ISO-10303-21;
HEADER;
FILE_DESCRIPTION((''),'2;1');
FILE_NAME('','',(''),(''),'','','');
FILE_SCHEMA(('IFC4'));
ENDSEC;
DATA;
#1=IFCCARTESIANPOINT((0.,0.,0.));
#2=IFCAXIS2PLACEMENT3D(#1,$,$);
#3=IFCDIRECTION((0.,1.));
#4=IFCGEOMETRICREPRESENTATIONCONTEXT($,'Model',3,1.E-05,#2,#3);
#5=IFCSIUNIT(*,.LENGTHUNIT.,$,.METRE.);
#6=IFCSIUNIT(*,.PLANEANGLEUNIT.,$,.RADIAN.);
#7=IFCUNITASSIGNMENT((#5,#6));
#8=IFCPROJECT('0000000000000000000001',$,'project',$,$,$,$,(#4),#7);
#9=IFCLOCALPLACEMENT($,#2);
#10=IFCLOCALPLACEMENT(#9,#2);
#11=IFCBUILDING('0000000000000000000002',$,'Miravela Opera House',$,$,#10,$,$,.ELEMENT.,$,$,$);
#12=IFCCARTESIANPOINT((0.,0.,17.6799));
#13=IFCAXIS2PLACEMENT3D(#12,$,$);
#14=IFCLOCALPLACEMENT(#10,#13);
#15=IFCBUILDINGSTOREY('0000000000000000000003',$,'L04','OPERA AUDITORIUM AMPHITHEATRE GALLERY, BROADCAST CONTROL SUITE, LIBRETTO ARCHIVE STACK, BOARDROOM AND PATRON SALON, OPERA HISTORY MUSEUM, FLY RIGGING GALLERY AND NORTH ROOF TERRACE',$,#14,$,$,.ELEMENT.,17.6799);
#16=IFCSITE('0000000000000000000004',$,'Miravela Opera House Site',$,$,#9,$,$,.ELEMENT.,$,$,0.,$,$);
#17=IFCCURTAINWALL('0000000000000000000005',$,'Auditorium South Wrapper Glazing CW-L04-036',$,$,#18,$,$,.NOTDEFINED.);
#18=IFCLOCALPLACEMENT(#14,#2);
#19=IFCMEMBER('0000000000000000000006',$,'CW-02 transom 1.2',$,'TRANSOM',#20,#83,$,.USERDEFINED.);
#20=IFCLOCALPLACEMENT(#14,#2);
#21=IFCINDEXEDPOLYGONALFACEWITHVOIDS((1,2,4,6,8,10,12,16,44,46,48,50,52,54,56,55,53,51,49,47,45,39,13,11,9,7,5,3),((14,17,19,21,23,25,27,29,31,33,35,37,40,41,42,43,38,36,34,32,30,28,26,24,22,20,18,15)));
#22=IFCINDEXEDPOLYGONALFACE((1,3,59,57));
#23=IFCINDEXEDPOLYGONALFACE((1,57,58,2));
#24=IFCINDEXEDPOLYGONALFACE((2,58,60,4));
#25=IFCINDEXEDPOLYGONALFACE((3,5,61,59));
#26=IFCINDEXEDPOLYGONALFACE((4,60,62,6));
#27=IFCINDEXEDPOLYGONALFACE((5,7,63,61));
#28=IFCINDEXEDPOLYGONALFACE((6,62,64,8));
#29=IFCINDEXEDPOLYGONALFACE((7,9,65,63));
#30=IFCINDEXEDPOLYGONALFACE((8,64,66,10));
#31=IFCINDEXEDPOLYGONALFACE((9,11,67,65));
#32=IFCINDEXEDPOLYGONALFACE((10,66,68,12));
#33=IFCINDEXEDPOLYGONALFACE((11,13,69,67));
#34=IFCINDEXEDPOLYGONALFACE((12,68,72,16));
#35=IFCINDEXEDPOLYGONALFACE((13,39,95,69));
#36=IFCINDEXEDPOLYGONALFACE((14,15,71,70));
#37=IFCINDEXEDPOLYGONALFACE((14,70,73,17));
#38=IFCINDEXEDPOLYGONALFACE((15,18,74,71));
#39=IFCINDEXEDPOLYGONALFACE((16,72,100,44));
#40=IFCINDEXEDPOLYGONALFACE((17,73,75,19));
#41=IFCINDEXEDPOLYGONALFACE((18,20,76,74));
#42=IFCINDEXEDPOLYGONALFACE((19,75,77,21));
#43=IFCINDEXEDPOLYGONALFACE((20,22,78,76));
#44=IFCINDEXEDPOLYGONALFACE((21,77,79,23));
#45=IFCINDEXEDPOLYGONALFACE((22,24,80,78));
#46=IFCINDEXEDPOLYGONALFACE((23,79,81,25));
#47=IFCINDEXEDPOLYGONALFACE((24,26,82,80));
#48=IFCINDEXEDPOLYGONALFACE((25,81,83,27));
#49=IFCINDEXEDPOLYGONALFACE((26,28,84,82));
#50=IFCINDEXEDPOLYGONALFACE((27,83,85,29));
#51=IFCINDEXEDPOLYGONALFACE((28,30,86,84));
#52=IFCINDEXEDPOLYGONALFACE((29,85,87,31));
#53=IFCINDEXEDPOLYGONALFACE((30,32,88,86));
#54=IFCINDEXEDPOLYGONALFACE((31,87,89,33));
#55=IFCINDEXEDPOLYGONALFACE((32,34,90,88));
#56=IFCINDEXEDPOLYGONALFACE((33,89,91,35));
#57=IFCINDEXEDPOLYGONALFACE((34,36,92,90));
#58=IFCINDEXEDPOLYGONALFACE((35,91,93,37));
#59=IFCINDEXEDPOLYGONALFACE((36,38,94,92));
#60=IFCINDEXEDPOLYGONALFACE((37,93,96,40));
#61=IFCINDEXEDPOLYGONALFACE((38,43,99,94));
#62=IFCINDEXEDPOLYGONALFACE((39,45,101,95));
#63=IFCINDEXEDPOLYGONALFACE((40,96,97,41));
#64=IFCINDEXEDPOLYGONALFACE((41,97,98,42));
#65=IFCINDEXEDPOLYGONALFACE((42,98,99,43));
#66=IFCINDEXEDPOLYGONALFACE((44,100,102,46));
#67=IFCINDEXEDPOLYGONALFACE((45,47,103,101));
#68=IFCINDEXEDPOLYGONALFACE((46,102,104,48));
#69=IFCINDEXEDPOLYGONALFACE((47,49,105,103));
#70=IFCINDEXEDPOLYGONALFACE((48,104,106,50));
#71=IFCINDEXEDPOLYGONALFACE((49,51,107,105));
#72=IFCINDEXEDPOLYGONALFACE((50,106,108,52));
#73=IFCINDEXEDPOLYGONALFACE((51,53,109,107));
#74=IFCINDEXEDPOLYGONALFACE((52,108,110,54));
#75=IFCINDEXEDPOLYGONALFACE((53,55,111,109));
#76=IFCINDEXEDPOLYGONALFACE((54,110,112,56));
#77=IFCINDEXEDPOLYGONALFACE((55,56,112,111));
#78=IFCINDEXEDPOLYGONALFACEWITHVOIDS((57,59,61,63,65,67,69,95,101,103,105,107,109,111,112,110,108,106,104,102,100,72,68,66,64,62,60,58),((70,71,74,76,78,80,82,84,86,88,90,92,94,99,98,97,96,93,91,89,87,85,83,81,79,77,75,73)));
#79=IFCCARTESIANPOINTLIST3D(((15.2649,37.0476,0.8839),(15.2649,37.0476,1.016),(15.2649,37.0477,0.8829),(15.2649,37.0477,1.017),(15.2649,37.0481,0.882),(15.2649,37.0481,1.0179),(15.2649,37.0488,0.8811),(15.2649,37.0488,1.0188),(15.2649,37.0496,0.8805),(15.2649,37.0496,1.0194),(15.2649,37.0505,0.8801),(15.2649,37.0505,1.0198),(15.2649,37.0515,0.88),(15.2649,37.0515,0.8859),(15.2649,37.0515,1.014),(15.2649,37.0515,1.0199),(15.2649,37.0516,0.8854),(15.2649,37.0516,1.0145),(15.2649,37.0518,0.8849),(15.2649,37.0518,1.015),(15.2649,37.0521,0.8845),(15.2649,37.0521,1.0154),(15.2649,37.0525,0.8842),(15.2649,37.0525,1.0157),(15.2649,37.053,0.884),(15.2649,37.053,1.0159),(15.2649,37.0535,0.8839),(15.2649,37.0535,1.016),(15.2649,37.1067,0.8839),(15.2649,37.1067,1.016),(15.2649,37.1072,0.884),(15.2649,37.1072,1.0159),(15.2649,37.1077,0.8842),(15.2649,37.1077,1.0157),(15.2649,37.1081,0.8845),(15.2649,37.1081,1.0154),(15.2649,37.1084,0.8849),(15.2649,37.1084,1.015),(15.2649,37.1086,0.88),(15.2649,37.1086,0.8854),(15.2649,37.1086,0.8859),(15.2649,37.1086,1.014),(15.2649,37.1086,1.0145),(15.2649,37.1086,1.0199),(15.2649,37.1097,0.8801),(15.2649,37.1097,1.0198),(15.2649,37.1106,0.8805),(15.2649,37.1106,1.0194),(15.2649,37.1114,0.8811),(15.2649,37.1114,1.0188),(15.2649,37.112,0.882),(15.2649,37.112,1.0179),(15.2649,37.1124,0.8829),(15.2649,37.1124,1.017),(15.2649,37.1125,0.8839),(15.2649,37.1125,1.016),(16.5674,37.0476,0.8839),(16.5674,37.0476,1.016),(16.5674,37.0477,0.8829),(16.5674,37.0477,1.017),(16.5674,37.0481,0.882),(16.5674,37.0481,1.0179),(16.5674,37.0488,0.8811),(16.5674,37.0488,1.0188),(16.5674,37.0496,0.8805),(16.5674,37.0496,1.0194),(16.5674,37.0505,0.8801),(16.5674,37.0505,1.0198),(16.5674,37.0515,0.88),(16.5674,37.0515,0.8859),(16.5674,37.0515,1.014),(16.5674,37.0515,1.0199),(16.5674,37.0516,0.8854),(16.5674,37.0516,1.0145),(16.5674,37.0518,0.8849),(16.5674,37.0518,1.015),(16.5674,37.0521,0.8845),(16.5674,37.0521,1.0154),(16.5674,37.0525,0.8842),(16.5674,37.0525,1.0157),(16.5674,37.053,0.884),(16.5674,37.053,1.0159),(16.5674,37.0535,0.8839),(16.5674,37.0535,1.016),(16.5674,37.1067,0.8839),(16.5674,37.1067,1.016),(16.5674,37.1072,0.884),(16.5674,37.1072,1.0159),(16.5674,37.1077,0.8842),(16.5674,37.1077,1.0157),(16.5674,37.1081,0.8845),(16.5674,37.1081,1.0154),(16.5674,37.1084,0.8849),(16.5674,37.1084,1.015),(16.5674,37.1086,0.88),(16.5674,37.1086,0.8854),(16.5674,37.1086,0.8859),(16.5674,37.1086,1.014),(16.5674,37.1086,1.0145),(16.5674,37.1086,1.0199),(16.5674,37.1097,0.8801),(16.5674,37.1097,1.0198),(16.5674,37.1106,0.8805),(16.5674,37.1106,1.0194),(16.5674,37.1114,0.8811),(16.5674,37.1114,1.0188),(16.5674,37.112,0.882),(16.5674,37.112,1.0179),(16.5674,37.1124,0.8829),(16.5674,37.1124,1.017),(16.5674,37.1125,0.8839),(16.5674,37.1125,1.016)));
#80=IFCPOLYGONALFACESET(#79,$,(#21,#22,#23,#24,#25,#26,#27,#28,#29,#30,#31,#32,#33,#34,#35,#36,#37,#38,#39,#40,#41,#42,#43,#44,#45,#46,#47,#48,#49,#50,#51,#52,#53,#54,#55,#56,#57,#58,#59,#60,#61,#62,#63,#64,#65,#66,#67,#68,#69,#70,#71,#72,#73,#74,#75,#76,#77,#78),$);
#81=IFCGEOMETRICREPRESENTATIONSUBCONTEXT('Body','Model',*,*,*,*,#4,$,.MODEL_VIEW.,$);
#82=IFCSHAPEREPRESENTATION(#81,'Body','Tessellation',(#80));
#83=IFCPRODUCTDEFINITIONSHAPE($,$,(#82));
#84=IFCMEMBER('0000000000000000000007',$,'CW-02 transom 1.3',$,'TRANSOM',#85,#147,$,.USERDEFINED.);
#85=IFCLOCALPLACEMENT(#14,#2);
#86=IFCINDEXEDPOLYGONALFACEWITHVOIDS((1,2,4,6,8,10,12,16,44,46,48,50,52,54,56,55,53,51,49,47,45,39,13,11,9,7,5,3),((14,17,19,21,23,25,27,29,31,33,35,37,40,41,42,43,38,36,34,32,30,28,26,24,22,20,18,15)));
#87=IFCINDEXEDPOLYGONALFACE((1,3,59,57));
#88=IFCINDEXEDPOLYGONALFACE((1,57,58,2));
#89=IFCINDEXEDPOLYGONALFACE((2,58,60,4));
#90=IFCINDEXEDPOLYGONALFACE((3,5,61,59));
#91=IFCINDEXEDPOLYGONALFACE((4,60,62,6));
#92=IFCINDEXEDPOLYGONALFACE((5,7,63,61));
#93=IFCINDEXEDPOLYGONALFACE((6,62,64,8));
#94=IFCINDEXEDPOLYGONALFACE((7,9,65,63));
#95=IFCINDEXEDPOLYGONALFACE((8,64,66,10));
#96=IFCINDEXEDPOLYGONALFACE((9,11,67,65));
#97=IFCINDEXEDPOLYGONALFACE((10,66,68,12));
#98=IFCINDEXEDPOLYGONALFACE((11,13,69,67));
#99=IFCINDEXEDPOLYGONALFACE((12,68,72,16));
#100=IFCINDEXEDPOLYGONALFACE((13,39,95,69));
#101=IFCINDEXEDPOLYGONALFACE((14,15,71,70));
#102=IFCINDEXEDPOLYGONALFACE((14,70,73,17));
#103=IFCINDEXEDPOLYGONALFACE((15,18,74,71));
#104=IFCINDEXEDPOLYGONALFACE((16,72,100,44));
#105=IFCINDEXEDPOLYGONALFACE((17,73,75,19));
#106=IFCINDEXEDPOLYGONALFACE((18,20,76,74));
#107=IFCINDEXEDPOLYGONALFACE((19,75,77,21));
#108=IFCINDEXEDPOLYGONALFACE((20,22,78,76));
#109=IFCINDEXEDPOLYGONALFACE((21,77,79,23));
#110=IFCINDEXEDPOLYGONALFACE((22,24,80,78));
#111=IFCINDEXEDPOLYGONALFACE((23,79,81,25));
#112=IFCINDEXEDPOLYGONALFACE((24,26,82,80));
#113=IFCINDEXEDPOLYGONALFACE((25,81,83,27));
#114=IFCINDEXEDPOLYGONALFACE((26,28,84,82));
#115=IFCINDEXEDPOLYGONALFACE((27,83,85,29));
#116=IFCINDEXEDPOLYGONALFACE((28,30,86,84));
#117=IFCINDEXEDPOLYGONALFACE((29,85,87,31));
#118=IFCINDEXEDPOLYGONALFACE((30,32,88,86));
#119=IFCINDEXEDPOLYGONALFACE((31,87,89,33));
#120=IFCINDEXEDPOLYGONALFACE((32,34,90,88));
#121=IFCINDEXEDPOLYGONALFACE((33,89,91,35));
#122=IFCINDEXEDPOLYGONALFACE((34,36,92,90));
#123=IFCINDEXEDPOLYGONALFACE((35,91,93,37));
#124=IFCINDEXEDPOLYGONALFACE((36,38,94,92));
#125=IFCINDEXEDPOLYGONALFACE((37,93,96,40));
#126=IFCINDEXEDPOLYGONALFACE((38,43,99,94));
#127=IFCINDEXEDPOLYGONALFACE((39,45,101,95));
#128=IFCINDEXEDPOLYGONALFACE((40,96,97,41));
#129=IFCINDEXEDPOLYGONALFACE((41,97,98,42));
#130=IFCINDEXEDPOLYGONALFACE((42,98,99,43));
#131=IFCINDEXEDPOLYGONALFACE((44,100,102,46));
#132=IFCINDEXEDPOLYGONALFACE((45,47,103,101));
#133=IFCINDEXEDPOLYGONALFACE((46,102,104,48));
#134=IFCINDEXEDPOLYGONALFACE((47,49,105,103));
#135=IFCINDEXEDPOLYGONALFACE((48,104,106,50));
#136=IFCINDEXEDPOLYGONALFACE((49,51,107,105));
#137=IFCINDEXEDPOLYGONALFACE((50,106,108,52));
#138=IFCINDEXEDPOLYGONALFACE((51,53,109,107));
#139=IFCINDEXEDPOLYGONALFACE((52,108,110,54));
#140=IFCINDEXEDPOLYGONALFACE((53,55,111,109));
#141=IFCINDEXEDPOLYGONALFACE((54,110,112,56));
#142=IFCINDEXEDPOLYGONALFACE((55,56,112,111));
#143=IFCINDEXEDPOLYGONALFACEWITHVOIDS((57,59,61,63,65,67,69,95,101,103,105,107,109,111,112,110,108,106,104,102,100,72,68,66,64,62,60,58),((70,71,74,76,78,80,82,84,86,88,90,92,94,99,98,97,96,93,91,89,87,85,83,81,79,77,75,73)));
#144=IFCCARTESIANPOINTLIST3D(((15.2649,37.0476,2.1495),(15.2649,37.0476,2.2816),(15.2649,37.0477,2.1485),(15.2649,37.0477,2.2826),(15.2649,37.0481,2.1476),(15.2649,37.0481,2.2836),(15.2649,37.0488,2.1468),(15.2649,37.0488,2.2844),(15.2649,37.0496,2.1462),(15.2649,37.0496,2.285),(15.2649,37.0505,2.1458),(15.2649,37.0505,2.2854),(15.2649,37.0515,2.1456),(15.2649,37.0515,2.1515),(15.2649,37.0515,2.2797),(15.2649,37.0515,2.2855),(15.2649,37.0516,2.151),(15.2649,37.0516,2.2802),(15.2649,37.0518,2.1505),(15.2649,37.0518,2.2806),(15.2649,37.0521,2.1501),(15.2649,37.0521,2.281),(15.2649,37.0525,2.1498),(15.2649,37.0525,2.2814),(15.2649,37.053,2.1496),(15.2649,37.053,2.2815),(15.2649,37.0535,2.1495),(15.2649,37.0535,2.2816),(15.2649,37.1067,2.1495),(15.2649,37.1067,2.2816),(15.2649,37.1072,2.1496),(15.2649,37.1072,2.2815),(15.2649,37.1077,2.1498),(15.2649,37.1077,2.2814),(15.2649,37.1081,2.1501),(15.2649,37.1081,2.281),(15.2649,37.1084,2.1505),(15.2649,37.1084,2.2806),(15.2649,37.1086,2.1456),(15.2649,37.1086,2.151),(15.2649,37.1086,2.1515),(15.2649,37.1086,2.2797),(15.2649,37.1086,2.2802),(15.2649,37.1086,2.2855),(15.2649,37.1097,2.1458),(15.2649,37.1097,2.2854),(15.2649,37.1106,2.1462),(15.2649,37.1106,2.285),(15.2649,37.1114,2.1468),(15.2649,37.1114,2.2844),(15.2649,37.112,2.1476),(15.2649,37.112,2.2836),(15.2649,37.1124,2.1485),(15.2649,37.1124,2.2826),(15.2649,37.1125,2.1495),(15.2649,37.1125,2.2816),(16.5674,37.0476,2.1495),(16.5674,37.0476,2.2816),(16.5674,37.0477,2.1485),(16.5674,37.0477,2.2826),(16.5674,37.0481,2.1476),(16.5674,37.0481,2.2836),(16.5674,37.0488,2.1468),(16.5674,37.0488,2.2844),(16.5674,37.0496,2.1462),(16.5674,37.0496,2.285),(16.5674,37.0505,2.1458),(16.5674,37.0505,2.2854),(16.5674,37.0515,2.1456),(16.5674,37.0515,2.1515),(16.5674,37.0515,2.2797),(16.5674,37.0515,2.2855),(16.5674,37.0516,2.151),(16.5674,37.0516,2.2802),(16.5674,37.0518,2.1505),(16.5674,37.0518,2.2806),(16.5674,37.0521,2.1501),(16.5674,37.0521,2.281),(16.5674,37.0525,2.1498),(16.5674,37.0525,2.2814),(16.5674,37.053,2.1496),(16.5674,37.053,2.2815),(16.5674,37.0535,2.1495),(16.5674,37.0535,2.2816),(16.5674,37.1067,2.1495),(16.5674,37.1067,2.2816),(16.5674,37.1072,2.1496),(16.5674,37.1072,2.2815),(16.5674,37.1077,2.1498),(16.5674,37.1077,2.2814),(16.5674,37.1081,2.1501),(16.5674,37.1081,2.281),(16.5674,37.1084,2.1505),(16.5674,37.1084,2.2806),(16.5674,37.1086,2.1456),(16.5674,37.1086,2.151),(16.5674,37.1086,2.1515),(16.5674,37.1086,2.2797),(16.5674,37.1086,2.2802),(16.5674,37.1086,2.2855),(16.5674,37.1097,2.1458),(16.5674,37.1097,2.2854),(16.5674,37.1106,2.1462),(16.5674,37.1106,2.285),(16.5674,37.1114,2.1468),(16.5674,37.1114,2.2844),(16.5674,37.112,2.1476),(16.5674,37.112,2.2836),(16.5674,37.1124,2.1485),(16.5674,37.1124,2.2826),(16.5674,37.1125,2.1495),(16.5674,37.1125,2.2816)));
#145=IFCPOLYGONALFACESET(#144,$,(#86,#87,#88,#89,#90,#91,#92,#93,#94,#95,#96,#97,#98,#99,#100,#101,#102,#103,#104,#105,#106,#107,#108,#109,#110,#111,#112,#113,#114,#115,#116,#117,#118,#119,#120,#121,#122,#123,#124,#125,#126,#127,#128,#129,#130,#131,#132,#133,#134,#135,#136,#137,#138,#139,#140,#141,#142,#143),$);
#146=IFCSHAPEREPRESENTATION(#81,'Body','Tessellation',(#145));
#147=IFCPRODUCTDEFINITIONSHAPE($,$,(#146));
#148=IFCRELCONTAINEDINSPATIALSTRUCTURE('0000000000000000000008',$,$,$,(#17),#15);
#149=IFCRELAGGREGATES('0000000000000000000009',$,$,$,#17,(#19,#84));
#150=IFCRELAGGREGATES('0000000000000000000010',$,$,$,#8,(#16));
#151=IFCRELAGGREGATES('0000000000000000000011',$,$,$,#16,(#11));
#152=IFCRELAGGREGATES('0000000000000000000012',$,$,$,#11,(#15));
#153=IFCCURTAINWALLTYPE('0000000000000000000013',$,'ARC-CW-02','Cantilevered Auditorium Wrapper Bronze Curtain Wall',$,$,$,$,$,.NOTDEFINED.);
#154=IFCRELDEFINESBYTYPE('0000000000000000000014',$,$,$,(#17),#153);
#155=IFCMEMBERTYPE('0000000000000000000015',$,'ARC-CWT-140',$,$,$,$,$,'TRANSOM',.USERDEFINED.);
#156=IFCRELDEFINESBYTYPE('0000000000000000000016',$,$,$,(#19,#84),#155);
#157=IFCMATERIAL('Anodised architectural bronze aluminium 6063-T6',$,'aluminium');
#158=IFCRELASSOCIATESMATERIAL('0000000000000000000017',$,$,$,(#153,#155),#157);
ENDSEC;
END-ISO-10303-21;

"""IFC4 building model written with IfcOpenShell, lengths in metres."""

from ifc_helpers import new_model, si_unit, direction, frame, origin, origin_2d, place, context, subcontext, project, spatial, hollow_rectangle, extrude, material, material_profile, profile_set, type_object, element, aggregate, save


model = new_model("IFC4")

# Units and contexts
model_context = context("Model", 3, precision=1e-05, world=origin(), true_north=direction((0.0, 1.0)))
body_context = subcontext(model_context, "Body", "Model", "MODEL_VIEW")
ifc_project = project(units=[si_unit("LENGTHUNIT", "METRE"), si_unit("PLANEANGLEUNIT", "RADIAN")], contexts=[model_context])

# Site, building, storey
site_placement = place(None, origin())
site = spatial("IfcSite", under=ifc_project, at=site_placement, Name="Miravela Opera House Site", CompositionType="ELEMENT", RefElevation=0.0)
building_placement = place(site_placement, origin())
building = spatial("IfcBuilding", under=site, at=building_placement, Name="Miravela Opera House", CompositionType="ELEMENT")
storey_placement = place(building_placement, frame((0.0, 0.0, 17.6799)))
storey = spatial("IfcBuildingStorey", under=building, at=storey_placement, Name="L04", Description="OPERA AUDITORIUM AMPHITHEATRE GALLERY, BROADCAST CONTROL SUITE, LIBRETTO ARCHIVE STACK, BOARDROOM AND PATRON SALON, OPERA HISTORY MUSEUM, FLY RIGGING GALLERY AND NORTH ROOF TERRACE", CompositionType="ELEMENT", Elevation=17.6799)

# Curtain wall, members
ifc_material_1 = material(Name="Anodised architectural bronze aluminium 6063-T6", Category="aluminium")
curtain_wall_type = type_object("IfcCurtainWallType", Name="ARC-CW-02", Description="Cantilevered Auditorium Wrapper Bronze Curtain Wall", PredefinedType="NOTDEFINED", material=ifc_material_1)
curtain_wall_placement = place(storey_placement, origin())
curtain_wall = element("IfcCurtainWall", 1, at=curtain_wall_placement, inside=storey, type_object=curtain_wall_type, Name="Auditorium South Wrapper Glazing CW-L04-036", PredefinedType="NOTDEFINED")
ifc_material_profile_1 = material_profile(ifc_material_1, hollow_rectangle(XDim=0.0649, YDim=0.1399, WallThickness=0.0039, InnerFilletRadius=0.002, OuterFilletRadius=0.0039, at=origin_2d()), Name="CWT-65X140")
ifc_profile_set_1 = profile_set([ifc_material_profile_1])
member_type_1 = type_object("IfcMemberType", Name="ARC-CWT-140", ElementType="TRANSOM", PredefinedType="USERDEFINED", material=ifc_profile_set_1)
member_1_placement = place(storey_placement, frame((15.2649, 37.0801, 0.95), z_axis=(1.0, 0.0, 0.0), x_axis=(0.0, 1.0, 0.0)))
member_1 = element("IfcMember", 2, at=member_1_placement, type_object=member_type_1, Name="CW-02 transom 1.2", ObjectType="TRANSOM", PredefinedType="USERDEFINED", context=body_context, shape_type="SweptSolid", body=[
    extrude(hollow_rectangle(XDim=0.0649, YDim=0.1399, WallThickness=0.0039, InnerFilletRadius=0.002, OuterFilletRadius=0.0039, at=origin_2d()), origin(), (0.0, 0.0, 1.0), 1.3025),
])
member_2_placement = place(storey_placement, frame((15.2649, 37.0801, 2.2156), z_axis=(1.0, 0.0, 0.0), x_axis=(0.0, 1.0, 0.0)))
member_2 = element("IfcMember", 3, at=member_2_placement, type_object=member_type_1, Name="CW-02 transom 1.3", ObjectType="TRANSOM", PredefinedType="USERDEFINED", context=body_context, shape_type="SweptSolid", body=[
    extrude(hollow_rectangle(XDim=0.0649, YDim=0.1399, WallThickness=0.0039, InnerFilletRadius=0.002, OuterFilletRadius=0.0039, at=origin_2d()), origin(), (0.0, 0.0, 1.0), 1.3025),
])

aggregate(curtain_wall, [member_1, member_2])

save(model, "model.ifc")
